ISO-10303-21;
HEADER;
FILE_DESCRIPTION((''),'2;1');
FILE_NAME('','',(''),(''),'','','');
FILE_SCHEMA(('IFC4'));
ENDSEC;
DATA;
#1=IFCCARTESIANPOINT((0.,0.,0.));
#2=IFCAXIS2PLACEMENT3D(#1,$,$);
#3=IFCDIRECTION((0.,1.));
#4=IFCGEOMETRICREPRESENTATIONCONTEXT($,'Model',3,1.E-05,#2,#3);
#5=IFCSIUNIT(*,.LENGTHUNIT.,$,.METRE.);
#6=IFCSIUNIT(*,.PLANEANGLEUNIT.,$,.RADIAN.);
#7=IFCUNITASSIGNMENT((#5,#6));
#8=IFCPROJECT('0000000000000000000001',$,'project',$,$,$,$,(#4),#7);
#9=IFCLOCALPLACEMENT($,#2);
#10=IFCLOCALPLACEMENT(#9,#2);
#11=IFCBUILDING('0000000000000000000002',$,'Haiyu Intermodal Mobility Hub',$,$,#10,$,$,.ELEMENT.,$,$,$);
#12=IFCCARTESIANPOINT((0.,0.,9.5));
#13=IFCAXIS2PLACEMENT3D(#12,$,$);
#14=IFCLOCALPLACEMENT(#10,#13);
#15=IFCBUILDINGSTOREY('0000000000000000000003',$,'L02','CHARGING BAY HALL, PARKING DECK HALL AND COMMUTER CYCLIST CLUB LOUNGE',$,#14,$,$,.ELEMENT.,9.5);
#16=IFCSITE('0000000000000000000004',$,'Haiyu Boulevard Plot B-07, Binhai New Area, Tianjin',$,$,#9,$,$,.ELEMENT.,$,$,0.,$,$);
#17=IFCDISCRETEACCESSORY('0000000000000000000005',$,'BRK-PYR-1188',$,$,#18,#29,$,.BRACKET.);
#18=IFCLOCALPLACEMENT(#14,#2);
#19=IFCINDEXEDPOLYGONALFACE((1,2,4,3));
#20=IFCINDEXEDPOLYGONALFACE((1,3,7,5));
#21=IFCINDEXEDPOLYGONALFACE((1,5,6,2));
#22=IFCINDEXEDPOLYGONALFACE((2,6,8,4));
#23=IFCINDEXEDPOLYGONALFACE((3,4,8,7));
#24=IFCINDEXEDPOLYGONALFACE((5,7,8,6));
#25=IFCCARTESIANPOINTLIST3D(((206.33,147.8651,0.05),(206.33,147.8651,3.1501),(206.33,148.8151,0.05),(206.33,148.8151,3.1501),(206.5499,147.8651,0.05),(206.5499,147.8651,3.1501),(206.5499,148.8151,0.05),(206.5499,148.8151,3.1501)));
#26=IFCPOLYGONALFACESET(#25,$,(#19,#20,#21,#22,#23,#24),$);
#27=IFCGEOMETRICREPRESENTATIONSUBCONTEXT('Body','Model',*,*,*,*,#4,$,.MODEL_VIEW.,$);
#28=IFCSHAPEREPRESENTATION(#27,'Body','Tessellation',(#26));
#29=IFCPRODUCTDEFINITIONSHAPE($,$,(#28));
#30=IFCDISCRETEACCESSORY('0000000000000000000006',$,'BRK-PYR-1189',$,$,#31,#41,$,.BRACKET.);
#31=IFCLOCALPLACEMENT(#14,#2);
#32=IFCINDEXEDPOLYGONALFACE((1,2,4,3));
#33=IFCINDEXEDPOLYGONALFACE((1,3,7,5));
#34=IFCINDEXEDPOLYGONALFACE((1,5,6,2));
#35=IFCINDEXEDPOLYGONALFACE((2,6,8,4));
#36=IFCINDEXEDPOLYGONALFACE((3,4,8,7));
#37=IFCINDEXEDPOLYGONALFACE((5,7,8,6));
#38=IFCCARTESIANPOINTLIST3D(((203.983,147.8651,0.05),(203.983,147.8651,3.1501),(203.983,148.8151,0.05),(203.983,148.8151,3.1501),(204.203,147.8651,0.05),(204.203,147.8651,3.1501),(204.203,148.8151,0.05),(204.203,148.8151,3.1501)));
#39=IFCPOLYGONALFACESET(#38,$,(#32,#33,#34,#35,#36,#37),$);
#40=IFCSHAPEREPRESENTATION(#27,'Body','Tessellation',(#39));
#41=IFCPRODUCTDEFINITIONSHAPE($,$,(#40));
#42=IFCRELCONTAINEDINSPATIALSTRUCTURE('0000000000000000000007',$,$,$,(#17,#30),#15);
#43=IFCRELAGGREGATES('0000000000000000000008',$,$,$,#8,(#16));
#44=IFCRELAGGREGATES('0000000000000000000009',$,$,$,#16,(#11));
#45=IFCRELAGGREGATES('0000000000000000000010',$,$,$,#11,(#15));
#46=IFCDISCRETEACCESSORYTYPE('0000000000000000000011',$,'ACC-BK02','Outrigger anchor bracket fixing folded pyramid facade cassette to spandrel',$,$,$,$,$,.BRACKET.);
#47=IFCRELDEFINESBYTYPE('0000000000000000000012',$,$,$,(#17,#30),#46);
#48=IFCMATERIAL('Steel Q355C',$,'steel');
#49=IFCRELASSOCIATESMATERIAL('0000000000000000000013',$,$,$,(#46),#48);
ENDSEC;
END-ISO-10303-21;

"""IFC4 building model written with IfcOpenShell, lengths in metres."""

from ifc_helpers import new_model, si_unit, direction, frame, origin, origin_2d, place, context, subcontext, project, spatial, rectangle, extrude, material, type_object, element, save


model = new_model("IFC4")

# Units and contexts
model_context = context("Model", 3, precision=1e-05, world=origin(), true_north=direction((0.0, 1.0)))
body_context = subcontext(model_context, "Body", "Model", "MODEL_VIEW")
ifc_project = project(units=[si_unit("LENGTHUNIT", "METRE"), si_unit("PLANEANGLEUNIT", "RADIAN")], contexts=[model_context])

# Site, building, storey
site_placement = place(None, origin())
site = spatial("IfcSite", under=ifc_project, at=site_placement, Name="Haiyu Boulevard Plot B-07, Binhai New Area, Tianjin", CompositionType="ELEMENT", RefElevation=0.0)
building_placement = place(site_placement, origin())
building = spatial("IfcBuilding", under=site, at=building_placement, Name="Haiyu Intermodal Mobility Hub", CompositionType="ELEMENT")
storey_placement = place(building_placement, frame((0.0, 0.0, 9.5)))
storey = spatial("IfcBuildingStorey", under=building, at=storey_placement, Name="L02", Description="CHARGING BAY HALL, PARKING DECK HALL AND COMMUTER CYCLIST CLUB LOUNGE", CompositionType="ELEMENT", Elevation=9.5)

# Discrete accessories
ifc_material_1 = material(Name="Steel Q355C", Category="steel")
discrete_accessory_type = type_object("IfcDiscreteAccessoryType", Name="ACC-BK02", Description="Outrigger anchor bracket fixing folded pyramid facade cassette to spandrel", PredefinedType="BRACKET", material=ifc_material_1)
for number, where, z_axis, x_axis, name in (
    (1, (206.4399, 148.3401, 0.05), (0.0, 0.0, 1.0), (1.0, 0.0, 0.0), "BRK-PYR-1188"),
    (2, (204.093, 148.3401, 0.05), (0.0, 0.0, 1.0), (1.0, 0.0, 0.0), "BRK-PYR-1189"),
):
    element("IfcDiscreteAccessory", number, at=place(storey_placement, frame(where, z_axis=z_axis, x_axis=x_axis)), inside=storey, type_object=discrete_accessory_type, Name=name, PredefinedType="BRACKET", context=body_context, shape_type="SweptSolid", body=[
        extrude(rectangle(XDim=0.22, YDim=0.95, at=origin_2d()), origin(), (0.0, 0.0, 1.0), 3.1001),
    ])

save(model, "model.ifc")
